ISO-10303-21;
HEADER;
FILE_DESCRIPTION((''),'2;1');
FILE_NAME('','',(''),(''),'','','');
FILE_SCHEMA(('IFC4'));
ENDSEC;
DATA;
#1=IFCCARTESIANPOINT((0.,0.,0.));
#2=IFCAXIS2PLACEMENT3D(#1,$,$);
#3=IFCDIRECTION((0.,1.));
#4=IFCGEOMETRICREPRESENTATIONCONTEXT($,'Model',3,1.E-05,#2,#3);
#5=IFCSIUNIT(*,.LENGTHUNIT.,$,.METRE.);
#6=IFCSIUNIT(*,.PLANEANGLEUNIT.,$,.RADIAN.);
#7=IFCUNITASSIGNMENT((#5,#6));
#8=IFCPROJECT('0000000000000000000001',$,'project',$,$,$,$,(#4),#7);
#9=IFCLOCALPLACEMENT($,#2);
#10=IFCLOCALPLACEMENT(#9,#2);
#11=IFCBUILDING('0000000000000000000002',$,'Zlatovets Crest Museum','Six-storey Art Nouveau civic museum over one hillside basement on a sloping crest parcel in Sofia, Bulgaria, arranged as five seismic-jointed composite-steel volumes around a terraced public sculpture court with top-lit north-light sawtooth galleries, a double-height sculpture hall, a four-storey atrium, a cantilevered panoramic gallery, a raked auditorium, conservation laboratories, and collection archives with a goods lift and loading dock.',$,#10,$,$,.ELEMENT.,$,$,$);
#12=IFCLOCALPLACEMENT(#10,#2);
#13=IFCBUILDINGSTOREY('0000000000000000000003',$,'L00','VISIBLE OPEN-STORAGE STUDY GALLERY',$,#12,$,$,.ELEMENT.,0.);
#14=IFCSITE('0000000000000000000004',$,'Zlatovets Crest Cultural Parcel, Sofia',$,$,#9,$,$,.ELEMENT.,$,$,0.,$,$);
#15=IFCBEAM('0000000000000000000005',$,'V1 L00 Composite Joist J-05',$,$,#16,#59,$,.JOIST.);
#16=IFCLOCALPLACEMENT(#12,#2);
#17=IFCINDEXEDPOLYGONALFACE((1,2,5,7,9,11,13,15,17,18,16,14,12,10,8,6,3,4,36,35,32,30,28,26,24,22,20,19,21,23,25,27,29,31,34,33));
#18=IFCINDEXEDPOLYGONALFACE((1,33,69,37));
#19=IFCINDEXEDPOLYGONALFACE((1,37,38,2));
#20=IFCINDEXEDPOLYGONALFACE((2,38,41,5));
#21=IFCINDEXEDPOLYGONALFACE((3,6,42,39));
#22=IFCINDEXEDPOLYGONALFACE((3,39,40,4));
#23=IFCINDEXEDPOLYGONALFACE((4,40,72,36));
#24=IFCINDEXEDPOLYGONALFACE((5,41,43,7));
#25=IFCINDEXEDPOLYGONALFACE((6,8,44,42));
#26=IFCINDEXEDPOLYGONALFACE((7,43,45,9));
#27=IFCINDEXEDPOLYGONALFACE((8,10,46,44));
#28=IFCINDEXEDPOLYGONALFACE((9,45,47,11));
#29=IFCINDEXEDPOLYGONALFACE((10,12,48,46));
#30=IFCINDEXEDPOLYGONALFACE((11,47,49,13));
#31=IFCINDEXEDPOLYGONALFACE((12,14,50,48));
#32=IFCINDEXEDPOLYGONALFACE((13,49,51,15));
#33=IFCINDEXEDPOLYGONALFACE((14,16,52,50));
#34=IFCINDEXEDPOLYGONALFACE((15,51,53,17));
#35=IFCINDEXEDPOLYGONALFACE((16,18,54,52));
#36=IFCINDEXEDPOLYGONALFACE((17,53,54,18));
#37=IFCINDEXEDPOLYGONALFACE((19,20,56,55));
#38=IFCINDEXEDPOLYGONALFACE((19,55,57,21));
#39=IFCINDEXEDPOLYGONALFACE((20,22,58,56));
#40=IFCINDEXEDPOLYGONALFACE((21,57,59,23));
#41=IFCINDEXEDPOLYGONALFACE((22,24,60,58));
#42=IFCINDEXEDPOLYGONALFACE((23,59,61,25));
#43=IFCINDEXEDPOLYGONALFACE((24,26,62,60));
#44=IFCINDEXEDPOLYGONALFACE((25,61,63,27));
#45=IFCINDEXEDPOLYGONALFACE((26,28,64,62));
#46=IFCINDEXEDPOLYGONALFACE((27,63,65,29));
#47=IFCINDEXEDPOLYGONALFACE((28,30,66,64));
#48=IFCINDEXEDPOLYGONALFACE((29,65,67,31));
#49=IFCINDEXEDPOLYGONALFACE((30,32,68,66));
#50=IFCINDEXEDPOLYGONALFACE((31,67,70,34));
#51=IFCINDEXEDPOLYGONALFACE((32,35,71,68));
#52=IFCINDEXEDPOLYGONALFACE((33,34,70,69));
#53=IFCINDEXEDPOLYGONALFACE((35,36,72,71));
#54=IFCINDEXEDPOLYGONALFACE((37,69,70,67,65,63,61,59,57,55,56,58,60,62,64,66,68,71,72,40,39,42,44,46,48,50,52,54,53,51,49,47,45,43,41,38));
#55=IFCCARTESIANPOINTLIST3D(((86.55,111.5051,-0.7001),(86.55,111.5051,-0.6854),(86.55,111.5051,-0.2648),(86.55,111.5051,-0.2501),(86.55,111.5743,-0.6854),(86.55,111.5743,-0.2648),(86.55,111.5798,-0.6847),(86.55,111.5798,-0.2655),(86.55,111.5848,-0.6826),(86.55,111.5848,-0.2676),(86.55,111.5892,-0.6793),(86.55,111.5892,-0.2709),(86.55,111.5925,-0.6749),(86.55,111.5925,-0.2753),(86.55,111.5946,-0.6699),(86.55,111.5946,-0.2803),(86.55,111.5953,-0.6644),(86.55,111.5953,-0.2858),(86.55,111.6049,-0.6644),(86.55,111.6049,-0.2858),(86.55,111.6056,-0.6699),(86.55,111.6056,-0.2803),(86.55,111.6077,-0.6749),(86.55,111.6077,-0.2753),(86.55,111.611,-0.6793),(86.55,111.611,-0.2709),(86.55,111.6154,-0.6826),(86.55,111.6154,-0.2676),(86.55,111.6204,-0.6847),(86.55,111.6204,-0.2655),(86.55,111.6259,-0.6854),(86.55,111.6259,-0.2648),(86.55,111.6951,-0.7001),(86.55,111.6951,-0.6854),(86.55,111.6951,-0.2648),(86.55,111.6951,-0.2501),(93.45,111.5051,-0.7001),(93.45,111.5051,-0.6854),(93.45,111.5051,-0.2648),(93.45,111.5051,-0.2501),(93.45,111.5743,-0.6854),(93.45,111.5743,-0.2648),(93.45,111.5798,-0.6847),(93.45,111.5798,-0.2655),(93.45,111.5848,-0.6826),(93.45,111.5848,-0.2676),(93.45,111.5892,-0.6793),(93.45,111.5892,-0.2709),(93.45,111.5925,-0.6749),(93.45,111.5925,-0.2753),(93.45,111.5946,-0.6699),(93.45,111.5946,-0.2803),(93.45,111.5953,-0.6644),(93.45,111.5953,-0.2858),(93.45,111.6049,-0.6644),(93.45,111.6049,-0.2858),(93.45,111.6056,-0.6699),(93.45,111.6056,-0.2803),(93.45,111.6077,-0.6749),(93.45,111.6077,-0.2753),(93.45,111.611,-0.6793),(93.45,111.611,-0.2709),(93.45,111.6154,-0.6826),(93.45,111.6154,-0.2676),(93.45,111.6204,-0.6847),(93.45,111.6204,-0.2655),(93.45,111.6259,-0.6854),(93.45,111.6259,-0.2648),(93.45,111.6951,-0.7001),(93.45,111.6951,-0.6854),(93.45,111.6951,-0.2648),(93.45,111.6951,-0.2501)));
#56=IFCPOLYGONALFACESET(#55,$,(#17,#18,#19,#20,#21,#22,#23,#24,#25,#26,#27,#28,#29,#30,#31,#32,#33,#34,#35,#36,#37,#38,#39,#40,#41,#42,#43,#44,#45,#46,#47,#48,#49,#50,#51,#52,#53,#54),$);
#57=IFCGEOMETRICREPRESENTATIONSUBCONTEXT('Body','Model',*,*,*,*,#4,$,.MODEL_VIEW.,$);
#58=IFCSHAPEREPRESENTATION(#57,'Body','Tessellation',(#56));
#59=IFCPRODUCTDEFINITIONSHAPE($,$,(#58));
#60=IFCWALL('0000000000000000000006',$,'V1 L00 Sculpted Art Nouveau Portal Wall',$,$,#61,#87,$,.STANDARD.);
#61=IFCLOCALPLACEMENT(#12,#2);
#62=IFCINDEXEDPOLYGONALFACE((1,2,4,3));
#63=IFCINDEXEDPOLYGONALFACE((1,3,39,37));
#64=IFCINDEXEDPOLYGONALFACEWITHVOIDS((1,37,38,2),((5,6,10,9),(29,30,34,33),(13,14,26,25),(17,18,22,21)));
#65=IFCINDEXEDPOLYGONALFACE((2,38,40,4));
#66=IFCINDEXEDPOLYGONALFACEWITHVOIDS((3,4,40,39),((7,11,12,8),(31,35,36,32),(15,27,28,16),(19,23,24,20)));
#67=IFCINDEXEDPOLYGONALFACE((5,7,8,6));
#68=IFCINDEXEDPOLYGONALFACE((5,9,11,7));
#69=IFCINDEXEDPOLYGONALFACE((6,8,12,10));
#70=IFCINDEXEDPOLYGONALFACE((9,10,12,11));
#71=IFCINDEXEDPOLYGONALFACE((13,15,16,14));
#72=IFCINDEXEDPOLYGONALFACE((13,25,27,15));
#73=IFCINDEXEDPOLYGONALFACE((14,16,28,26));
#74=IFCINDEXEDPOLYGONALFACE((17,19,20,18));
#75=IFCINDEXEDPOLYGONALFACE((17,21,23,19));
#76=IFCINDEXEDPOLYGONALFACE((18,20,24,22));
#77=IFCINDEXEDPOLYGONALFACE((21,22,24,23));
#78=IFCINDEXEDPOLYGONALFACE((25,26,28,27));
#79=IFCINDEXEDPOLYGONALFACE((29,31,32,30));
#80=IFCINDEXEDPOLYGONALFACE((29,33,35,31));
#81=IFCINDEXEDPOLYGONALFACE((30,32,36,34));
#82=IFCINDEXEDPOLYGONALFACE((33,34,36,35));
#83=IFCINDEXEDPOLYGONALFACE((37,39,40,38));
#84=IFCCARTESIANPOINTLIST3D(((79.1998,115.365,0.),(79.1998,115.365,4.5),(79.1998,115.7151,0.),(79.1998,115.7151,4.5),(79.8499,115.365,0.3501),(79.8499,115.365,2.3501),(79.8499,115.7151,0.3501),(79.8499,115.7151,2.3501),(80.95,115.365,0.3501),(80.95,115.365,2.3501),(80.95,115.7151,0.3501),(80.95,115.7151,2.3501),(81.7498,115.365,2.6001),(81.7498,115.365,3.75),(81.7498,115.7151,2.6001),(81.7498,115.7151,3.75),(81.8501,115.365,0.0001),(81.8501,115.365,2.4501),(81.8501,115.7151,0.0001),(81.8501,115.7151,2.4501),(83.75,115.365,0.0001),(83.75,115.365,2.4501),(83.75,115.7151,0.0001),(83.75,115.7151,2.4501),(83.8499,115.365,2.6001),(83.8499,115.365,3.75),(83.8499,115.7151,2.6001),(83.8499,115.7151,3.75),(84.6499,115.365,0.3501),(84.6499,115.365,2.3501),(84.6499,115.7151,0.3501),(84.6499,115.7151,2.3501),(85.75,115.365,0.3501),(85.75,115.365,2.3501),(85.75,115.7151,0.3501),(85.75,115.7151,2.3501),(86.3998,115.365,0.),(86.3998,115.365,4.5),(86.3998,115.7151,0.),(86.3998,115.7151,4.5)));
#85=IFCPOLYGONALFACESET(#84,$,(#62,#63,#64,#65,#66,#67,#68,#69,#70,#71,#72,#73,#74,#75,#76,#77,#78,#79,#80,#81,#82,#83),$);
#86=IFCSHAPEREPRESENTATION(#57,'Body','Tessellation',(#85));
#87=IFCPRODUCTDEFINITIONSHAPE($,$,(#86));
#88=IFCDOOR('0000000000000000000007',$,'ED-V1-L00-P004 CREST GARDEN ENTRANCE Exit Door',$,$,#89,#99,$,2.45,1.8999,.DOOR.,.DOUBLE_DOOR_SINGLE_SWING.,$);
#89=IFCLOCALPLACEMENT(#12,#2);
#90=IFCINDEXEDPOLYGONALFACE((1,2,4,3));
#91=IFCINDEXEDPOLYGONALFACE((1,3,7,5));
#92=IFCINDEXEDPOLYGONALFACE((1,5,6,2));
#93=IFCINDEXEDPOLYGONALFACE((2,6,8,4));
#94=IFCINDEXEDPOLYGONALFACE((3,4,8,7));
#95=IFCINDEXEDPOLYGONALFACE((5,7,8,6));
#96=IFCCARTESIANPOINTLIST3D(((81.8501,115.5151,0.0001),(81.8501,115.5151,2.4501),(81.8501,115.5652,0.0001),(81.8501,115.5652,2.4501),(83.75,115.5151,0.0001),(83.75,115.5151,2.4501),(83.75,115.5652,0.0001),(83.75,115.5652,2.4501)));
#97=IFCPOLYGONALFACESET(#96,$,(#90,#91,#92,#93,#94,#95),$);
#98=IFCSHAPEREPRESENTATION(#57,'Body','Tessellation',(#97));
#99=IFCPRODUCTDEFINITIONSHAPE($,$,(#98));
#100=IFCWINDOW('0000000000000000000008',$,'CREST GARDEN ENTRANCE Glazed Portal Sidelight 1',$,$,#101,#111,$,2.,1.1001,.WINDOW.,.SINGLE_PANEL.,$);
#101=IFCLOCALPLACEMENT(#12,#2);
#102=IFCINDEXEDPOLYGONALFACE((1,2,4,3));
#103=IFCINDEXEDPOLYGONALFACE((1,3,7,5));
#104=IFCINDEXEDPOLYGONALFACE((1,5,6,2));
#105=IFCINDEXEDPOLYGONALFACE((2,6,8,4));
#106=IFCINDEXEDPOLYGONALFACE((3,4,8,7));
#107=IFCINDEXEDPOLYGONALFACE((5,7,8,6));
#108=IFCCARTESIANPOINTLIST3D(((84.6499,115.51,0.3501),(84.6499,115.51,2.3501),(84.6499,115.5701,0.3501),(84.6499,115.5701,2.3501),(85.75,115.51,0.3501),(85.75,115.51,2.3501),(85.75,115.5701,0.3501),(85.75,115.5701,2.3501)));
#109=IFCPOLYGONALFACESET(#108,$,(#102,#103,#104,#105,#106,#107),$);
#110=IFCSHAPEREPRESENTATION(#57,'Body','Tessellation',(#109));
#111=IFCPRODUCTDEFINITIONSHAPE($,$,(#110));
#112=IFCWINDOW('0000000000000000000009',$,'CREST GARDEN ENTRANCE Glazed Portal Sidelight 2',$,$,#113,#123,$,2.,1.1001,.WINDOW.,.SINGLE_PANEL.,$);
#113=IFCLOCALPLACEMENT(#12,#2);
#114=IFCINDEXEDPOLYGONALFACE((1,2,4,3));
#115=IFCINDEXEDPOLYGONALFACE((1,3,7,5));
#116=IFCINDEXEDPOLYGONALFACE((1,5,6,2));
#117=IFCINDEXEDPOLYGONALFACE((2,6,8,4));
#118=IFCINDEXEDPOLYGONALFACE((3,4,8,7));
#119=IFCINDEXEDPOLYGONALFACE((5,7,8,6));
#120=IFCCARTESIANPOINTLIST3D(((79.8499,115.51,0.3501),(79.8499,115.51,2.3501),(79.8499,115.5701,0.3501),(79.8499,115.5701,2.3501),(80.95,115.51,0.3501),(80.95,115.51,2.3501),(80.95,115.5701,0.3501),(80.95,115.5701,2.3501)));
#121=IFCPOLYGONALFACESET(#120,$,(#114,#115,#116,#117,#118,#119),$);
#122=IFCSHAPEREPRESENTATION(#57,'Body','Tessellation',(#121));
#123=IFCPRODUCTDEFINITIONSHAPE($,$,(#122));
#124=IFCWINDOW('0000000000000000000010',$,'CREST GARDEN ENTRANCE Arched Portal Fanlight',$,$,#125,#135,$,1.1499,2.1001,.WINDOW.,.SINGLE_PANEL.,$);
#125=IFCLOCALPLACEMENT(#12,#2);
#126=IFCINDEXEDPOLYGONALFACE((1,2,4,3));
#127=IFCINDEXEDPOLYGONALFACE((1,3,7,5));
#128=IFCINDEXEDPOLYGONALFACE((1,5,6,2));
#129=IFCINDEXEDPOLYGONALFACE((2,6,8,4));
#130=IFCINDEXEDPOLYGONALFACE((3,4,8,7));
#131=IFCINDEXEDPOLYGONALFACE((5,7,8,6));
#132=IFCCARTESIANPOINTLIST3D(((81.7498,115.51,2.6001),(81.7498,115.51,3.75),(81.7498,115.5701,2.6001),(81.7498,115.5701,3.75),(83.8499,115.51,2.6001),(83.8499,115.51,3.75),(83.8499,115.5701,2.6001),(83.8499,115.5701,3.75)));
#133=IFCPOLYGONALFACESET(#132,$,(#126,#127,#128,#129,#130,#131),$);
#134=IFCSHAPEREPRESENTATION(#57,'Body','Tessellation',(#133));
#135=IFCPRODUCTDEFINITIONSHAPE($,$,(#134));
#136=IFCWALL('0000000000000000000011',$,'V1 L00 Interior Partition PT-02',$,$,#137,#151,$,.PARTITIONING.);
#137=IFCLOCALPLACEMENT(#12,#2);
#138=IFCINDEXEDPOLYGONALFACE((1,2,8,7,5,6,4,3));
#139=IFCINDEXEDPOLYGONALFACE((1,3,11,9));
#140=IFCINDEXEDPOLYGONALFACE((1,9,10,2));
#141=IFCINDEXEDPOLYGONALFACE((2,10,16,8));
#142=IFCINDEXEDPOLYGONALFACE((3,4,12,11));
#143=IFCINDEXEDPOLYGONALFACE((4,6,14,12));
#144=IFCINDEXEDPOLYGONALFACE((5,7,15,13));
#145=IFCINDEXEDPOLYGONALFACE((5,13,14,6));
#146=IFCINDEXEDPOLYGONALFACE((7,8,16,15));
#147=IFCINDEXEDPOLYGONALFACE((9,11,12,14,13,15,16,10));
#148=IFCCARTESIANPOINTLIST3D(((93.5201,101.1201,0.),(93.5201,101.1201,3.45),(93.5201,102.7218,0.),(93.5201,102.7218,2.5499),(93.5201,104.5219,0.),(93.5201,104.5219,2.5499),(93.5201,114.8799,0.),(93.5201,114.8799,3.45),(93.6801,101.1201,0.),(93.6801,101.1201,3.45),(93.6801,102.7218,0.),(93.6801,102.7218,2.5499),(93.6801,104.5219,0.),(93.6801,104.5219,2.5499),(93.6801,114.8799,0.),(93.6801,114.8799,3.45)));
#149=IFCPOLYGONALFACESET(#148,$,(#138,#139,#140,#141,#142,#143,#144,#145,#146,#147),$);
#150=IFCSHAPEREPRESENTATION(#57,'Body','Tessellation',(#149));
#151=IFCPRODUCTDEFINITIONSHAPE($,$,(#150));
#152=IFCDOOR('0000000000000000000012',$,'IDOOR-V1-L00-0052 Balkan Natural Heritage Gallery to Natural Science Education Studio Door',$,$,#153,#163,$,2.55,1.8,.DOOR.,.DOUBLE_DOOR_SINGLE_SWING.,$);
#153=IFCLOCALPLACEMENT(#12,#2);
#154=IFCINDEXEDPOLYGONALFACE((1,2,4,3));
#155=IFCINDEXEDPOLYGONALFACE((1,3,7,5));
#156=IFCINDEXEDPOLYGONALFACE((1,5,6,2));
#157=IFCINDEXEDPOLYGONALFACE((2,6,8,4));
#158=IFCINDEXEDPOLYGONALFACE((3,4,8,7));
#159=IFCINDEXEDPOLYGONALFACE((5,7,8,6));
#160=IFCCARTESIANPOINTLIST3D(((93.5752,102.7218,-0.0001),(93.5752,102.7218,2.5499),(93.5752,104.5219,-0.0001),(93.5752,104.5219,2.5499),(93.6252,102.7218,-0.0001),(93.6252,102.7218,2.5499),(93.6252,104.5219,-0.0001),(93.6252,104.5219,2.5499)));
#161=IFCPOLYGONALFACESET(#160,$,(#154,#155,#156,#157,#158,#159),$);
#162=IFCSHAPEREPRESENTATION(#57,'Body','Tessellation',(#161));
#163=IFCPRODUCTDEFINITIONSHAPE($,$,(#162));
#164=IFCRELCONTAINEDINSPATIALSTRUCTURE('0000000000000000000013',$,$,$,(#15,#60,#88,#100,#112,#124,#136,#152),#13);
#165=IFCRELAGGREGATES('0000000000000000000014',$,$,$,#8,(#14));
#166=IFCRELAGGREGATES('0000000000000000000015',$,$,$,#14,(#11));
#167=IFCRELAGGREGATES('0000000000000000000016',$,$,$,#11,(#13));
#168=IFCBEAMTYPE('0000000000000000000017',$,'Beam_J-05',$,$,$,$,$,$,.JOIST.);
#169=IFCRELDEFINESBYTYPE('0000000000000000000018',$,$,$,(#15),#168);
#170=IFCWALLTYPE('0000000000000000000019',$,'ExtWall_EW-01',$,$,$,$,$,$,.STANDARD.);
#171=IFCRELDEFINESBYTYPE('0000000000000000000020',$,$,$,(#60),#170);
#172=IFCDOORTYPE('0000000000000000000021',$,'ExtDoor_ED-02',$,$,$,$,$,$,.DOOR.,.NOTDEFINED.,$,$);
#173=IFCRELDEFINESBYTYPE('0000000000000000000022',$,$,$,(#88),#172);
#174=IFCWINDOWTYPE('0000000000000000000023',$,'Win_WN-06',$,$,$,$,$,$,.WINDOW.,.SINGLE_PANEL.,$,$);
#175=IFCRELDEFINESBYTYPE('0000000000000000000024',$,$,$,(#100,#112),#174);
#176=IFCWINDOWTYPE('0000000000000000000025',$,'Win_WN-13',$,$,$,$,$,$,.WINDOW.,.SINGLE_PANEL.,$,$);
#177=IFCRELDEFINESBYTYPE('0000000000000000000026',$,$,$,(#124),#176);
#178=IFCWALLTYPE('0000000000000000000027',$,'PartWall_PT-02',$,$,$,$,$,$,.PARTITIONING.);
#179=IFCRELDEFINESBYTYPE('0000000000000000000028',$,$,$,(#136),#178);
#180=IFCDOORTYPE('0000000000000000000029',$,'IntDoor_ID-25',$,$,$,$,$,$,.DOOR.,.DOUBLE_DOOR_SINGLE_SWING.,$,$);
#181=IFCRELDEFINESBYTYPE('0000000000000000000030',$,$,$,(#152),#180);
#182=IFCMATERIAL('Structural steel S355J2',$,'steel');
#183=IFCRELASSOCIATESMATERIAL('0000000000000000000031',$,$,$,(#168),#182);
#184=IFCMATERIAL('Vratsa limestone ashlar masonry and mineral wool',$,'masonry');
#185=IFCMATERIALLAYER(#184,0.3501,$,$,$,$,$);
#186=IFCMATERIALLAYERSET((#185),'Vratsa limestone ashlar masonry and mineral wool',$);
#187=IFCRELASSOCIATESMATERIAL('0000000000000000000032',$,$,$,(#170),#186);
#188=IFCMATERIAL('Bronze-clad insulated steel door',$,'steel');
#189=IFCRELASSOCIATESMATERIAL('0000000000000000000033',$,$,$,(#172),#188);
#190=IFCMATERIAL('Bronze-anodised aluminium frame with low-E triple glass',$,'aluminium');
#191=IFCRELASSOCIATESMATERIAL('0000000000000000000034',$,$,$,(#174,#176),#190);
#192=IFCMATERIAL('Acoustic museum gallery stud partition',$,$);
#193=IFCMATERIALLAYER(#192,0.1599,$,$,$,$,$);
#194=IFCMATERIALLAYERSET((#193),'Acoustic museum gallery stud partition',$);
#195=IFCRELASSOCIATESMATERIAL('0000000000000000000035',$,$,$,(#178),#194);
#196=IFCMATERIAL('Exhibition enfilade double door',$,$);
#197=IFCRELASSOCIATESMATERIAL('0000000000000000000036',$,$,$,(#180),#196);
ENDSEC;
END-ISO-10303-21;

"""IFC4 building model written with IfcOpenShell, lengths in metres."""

from ifc_helpers import new_model, si_unit, direction, frame, frame_2d, origin, origin_2d, place, context, subcontext, project, spatial, rectangle, i_section, extrude, material, layer, layer_set, material_profile, profile_set, type_object, element, fill, save


model = new_model("IFC4")

# Units and contexts
model_context = context("Model", 3, precision=1e-05, world=origin(), true_north=direction((0.0, 1.0)))
body_context = subcontext(model_context, "Body", "Model", "MODEL_VIEW")
ifc_project = project(units=[si_unit("LENGTHUNIT", "METRE"), si_unit("PLANEANGLEUNIT", "RADIAN")], contexts=[model_context])

# Site, building, storey
site_placement = place(None, origin())
site = spatial("IfcSite", under=ifc_project, at=site_placement, Name="Zlatovets Crest Cultural Parcel, Sofia", CompositionType="ELEMENT", RefElevation=0.0)
building_placement = place(site_placement, origin())
building = spatial("IfcBuilding", under=site, at=building_placement, Name="Zlatovets Crest Museum", Description="Six-storey Art Nouveau civic museum over one hillside basement on a sloping crest parcel in Sofia, Bulgaria, arranged as five seismic-jointed composite-steel volumes around a terraced public sculpture court with top-lit north-light sawtooth galleries, a double-height sculpture hall, a four-storey atrium, a cantilevered panoramic gallery, a raked auditorium, conservation laboratories, and collection archives with a goods lift and loading dock.", CompositionType="ELEMENT")
storey_placement = place(building_placement, origin())
storey = spatial("IfcBuildingStorey", under=building, at=storey_placement, Name="L00", Description="VISIBLE OPEN-STORAGE STUDY GALLERY", CompositionType="ELEMENT", Elevation=0.0)

# Shared definitions
ifc_material_1 = material(Name="Structural steel S355J2", Category="steel")

# Beam
ifc_material_profile_1 = material_profile(ifc_material_1, i_section(OverallWidth=0.1899, OverallDepth=0.45, WebThickness=0.0095, FlangeThickness=0.0146, FilletRadius=0.021, at=origin_2d()), Name="IPE 450")
ifc_profile_set_1 = profile_set([ifc_material_profile_1], Name="Structural steel S355J2")
beam_type_1 = type_object("IfcBeamType", Name="Beam_J-05", PredefinedType="JOIST", material=ifc_profile_set_1)
for number, where, z_axis, x_axis, name in (
    (1, (86.55, 111.6001, -0.4751), (1.0, 0.0, 0.0), (0.0, 1.0, 0.0), "V1 L00 Composite Joist J-05"),
):
    element("IfcBeam", number, at=place(storey_placement, frame(where, z_axis=z_axis, x_axis=x_axis)), inside=storey, type_object=beam_type_1, Name=name, PredefinedType="JOIST", context=body_context, shape_type="SweptSolid", body=[
        extrude(i_section(OverallWidth=0.1899, OverallDepth=0.45, WebThickness=0.0095, FlangeThickness=0.0146, FilletRadius=0.021, at=origin_2d()), origin(), (0.0, 0.0, 1.0), 6.8999),
    ])

# Wall, openings, door, windows
ifc_material_2 = material(Name="Vratsa limestone ashlar masonry and mineral wool", Category="masonry")
ifc_layer_1 = layer(ifc_material_2, 0.3501)
ifc_layer_set_1 = layer_set([ifc_layer_1], Name="Vratsa limestone ashlar masonry and mineral wool")
wall_type_1 = type_object("IfcWallType", Name="ExtWall_EW-01", PredefinedType="STANDARD", material=ifc_layer_set_1)
wall_1_placement = place(storey_placement, frame((86.3999, 115.54, 0.0), z_axis=(0.0, 0.0, 1.0), x_axis=(-1.0, 0.0, 0.0)))
wall_1 = element("IfcWall", 2, at=wall_1_placement, inside=storey, type_object=wall_type_1, Name="V1 L00 Sculpted Art Nouveau Portal Wall", PredefinedType="STANDARD", context=body_context, shape_type="SweptSolid", body=[
    extrude(rectangle(XDim=7.2, YDim=0.3501, at=frame_2d((3.6001, 0.0))), origin(), (0.0, 0.0, 1.0), 4.5),
])
opening_1_placement = place(wall_1_placement, frame((2.6499, 0.0, 0.0)))
opening_1 = element("IfcOpeningElement", 3, at=opening_1_placement, cuts=wall_1, PredefinedType="OPENING", context=body_context, shape_type="SweptSolid", body=[
    extrude(rectangle(XDim=1.8999, YDim=2.45, at=frame_2d((0.95, 1.2251))), frame((0.0, 0.1851, 0.0), z_axis=(0.0, -1.0, 0.0), x_axis=(1.0, 0.0, 0.0)), (0.0, 0.0, 1.0), 0.3701),
])
opening_2_placement = place(wall_1_placement, frame((2.55, 0.0, 2.6001)))
opening_2 = element("IfcOpeningElement", 4, at=opening_2_placement, cuts=wall_1, PredefinedType="OPENING", context=body_context, shape_type="SweptSolid", body=[
    extrude(rectangle(XDim=2.1001, YDim=1.1499, at=frame_2d((1.05, 0.575))), frame((0.0, 0.1851, 0.0), z_axis=(0.0, -1.0, 0.0), x_axis=(1.0, 0.0, 0.0)), (0.0, 0.0, 1.0), 0.3701),
])
opening_3_placement = place(wall_1_placement, frame((0.6499, 0.0, 0.3501)))
opening_3 = element("IfcOpeningElement", 5, at=opening_3_placement, cuts=wall_1, PredefinedType="OPENING", context=body_context, shape_type="SweptSolid", body=[
    extrude(rectangle(XDim=1.1001, YDim=2.0, at=frame_2d((0.55, 1.0))), frame((0.0, 0.1851, 0.0), z_axis=(0.0, -1.0, 0.0), x_axis=(1.0, 0.0, 0.0)), (0.0, 0.0, 1.0), 0.3701),
])
opening_4_placement = place(wall_1_placement, frame((5.45, 0.0, 0.3501)))
opening_4 = element("IfcOpeningElement", 6, at=opening_4_placement, cuts=wall_1, PredefinedType="OPENING", context=body_context, shape_type="SweptSolid", body=[
    extrude(rectangle(XDim=1.1001, YDim=2.0, at=frame_2d((0.55, 1.0))), frame((0.0, 0.1851, 0.0), z_axis=(0.0, -1.0, 0.0), x_axis=(1.0, 0.0, 0.0)), (0.0, 0.0, 1.0), 0.3701),
])
ifc_material_3 = material(Name="Bronze-clad insulated steel door", Category="steel")
door_type_1 = type_object("IfcDoorType", Name="ExtDoor_ED-02", OperationType="NOTDEFINED", PredefinedType="DOOR", material=ifc_material_3)
door_1_placement = place(opening_1_placement, origin())
door_1 = element("IfcDoor", 7, at=door_1_placement, inside=storey, type_object=door_type_1, Name="ED-V1-L00-P004 CREST GARDEN ENTRANCE Exit Door", OperationType="DOUBLE_DOOR_SINGLE_SWING", OverallHeight=2.45, OverallWidth=1.8999, PredefinedType="DOOR", context=body_context, shape_type="SweptSolid", body=[
    extrude(rectangle(XDim=1.8999, YDim=2.45, at=frame_2d((0.95, 1.2251))), frame((0.0, 0.0249, 0.0), z_axis=(0.0, -1.0, 0.0), x_axis=(1.0, 0.0, 0.0)), (0.0, 0.0, 1.0), 0.05),
])
fill(opening_1, door_1)
ifc_material_4 = material(Name="Bronze-anodised aluminium frame with low-E triple glass", Category="aluminium")
window_type_1 = type_object("IfcWindowType", Name="Win_WN-06", PartitioningType="SINGLE_PANEL", PredefinedType="WINDOW", material=ifc_material_4)
window_1_placement = place(opening_3_placement, origin())
window_1 = element("IfcWindow", 8, at=window_1_placement, inside=storey, type_object=window_type_1, Name="CREST GARDEN ENTRANCE Glazed Portal Sidelight 1", OverallHeight=2.0, OverallWidth=1.1001, PartitioningType="SINGLE_PANEL", PredefinedType="WINDOW", context=body_context, shape_type="SweptSolid", body=[
    extrude(rectangle(XDim=1.1001, YDim=2.0, at=frame_2d((0.55, 1.0))), frame((0.0, 0.03, 0.0), z_axis=(0.0, -1.0, 0.0), x_axis=(1.0, 0.0, 0.0)), (0.0, 0.0, 1.0), 0.0601),
])
fill(opening_3, window_1)
window_2_placement = place(opening_4_placement, origin())
window_2 = element("IfcWindow", 9, at=window_2_placement, inside=storey, type_object=window_type_1, Name="CREST GARDEN ENTRANCE Glazed Portal Sidelight 2", OverallHeight=2.0, OverallWidth=1.1001, PartitioningType="SINGLE_PANEL", PredefinedType="WINDOW", context=body_context, shape_type="SweptSolid", body=[
    extrude(rectangle(XDim=1.1001, YDim=2.0, at=frame_2d((0.55, 1.0))), frame((0.0, 0.03, 0.0), z_axis=(0.0, -1.0, 0.0), x_axis=(1.0, 0.0, 0.0)), (0.0, 0.0, 1.0), 0.0601),
])
fill(opening_4, window_2)
window_type_2 = type_object("IfcWindowType", Name="Win_WN-13", PartitioningType="SINGLE_PANEL", PredefinedType="WINDOW", material=ifc_material_4)
window_3_placement = place(opening_2_placement, origin())
window_3 = element("IfcWindow", 10, at=window_3_placement, inside=storey, type_object=window_type_2, Name="CREST GARDEN ENTRANCE Arched Portal Fanlight", OverallHeight=1.1499, OverallWidth=2.1001, PartitioningType="SINGLE_PANEL", PredefinedType="WINDOW", context=body_context, shape_type="SweptSolid", body=[
    extrude(rectangle(XDim=2.1001, YDim=1.1499, at=frame_2d((1.05, 0.575))), frame((0.0, 0.03, 0.0), z_axis=(0.0, -1.0, 0.0), x_axis=(1.0, 0.0, 0.0)), (0.0, 0.0, 1.0), 0.0601),
])
fill(opening_2, window_3)

# Wall, opening, door
ifc_material_5 = material(Name="Acoustic museum gallery stud partition")
ifc_layer_2 = layer(ifc_material_5, 0.1599)
ifc_layer_set_2 = layer_set([ifc_layer_2], Name="Acoustic museum gallery stud partition")
wall_type_2 = type_object("IfcWallType", Name="PartWall_PT-02", PredefinedType="PARTITIONING", material=ifc_layer_set_2)
wall_2_placement = place(storey_placement, frame((93.6001, 101.1201, 0.0), z_axis=(0.0, 0.0, 1.0), x_axis=(0.0, 1.0, 0.0)))
wall_2 = element("IfcWall", 11, at=wall_2_placement, inside=storey, type_object=wall_type_2, Name="V1 L00 Interior Partition PT-02", PredefinedType="PARTITIONING", context=body_context, shape_type="SweptSolid", body=[
    extrude(rectangle(XDim=13.7598, YDim=0.1599, at=frame_2d((6.8799, 0.0))), origin(), (0.0, 0.0, 1.0), 3.45),
])
opening_5_placement = place(wall_2_placement, frame((1.6018, 0.0, 0.0)))
opening_5 = element("IfcOpeningElement", 12, at=opening_5_placement, cuts=wall_2, PredefinedType="OPENING", context=body_context, shape_type="SweptSolid", body=[
    extrude(rectangle(XDim=1.8, YDim=2.55, at=frame_2d((0.8999, 1.2749))), frame((0.0, 0.0898, 0.0), z_axis=(0.0, -1.0, 0.0), x_axis=(1.0, 0.0, 0.0)), (0.0, 0.0, 1.0), 0.1799),
])
ifc_material_6 = material(Name="Exhibition enfilade double door")
door_type_2 = type_object("IfcDoorType", Name="IntDoor_ID-25", OperationType="DOUBLE_DOOR_SINGLE_SWING", PredefinedType="DOOR", material=ifc_material_6)
door_2_placement = place(opening_5_placement, origin())
door_2 = element("IfcDoor", 13, at=door_2_placement, inside=storey, type_object=door_type_2, Name="IDOOR-V1-L00-0052 Balkan Natural Heritage Gallery to Natural Science Education Studio Door", OperationType="DOUBLE_DOOR_SINGLE_SWING", OverallHeight=2.55, OverallWidth=1.8, PredefinedType="DOOR", context=body_context, shape_type="SweptSolid", body=[
    extrude(rectangle(XDim=1.8, YDim=2.55, at=frame_2d((0.8999, 1.2749))), frame((0.0, 0.0249, 0.0), z_axis=(0.0, -1.0, 0.0), x_axis=(1.0, 0.0, 0.0)), (0.0, 0.0, 1.0), 0.05),
])
fill(opening_5, door_2)

save(model, "model.ifc")
